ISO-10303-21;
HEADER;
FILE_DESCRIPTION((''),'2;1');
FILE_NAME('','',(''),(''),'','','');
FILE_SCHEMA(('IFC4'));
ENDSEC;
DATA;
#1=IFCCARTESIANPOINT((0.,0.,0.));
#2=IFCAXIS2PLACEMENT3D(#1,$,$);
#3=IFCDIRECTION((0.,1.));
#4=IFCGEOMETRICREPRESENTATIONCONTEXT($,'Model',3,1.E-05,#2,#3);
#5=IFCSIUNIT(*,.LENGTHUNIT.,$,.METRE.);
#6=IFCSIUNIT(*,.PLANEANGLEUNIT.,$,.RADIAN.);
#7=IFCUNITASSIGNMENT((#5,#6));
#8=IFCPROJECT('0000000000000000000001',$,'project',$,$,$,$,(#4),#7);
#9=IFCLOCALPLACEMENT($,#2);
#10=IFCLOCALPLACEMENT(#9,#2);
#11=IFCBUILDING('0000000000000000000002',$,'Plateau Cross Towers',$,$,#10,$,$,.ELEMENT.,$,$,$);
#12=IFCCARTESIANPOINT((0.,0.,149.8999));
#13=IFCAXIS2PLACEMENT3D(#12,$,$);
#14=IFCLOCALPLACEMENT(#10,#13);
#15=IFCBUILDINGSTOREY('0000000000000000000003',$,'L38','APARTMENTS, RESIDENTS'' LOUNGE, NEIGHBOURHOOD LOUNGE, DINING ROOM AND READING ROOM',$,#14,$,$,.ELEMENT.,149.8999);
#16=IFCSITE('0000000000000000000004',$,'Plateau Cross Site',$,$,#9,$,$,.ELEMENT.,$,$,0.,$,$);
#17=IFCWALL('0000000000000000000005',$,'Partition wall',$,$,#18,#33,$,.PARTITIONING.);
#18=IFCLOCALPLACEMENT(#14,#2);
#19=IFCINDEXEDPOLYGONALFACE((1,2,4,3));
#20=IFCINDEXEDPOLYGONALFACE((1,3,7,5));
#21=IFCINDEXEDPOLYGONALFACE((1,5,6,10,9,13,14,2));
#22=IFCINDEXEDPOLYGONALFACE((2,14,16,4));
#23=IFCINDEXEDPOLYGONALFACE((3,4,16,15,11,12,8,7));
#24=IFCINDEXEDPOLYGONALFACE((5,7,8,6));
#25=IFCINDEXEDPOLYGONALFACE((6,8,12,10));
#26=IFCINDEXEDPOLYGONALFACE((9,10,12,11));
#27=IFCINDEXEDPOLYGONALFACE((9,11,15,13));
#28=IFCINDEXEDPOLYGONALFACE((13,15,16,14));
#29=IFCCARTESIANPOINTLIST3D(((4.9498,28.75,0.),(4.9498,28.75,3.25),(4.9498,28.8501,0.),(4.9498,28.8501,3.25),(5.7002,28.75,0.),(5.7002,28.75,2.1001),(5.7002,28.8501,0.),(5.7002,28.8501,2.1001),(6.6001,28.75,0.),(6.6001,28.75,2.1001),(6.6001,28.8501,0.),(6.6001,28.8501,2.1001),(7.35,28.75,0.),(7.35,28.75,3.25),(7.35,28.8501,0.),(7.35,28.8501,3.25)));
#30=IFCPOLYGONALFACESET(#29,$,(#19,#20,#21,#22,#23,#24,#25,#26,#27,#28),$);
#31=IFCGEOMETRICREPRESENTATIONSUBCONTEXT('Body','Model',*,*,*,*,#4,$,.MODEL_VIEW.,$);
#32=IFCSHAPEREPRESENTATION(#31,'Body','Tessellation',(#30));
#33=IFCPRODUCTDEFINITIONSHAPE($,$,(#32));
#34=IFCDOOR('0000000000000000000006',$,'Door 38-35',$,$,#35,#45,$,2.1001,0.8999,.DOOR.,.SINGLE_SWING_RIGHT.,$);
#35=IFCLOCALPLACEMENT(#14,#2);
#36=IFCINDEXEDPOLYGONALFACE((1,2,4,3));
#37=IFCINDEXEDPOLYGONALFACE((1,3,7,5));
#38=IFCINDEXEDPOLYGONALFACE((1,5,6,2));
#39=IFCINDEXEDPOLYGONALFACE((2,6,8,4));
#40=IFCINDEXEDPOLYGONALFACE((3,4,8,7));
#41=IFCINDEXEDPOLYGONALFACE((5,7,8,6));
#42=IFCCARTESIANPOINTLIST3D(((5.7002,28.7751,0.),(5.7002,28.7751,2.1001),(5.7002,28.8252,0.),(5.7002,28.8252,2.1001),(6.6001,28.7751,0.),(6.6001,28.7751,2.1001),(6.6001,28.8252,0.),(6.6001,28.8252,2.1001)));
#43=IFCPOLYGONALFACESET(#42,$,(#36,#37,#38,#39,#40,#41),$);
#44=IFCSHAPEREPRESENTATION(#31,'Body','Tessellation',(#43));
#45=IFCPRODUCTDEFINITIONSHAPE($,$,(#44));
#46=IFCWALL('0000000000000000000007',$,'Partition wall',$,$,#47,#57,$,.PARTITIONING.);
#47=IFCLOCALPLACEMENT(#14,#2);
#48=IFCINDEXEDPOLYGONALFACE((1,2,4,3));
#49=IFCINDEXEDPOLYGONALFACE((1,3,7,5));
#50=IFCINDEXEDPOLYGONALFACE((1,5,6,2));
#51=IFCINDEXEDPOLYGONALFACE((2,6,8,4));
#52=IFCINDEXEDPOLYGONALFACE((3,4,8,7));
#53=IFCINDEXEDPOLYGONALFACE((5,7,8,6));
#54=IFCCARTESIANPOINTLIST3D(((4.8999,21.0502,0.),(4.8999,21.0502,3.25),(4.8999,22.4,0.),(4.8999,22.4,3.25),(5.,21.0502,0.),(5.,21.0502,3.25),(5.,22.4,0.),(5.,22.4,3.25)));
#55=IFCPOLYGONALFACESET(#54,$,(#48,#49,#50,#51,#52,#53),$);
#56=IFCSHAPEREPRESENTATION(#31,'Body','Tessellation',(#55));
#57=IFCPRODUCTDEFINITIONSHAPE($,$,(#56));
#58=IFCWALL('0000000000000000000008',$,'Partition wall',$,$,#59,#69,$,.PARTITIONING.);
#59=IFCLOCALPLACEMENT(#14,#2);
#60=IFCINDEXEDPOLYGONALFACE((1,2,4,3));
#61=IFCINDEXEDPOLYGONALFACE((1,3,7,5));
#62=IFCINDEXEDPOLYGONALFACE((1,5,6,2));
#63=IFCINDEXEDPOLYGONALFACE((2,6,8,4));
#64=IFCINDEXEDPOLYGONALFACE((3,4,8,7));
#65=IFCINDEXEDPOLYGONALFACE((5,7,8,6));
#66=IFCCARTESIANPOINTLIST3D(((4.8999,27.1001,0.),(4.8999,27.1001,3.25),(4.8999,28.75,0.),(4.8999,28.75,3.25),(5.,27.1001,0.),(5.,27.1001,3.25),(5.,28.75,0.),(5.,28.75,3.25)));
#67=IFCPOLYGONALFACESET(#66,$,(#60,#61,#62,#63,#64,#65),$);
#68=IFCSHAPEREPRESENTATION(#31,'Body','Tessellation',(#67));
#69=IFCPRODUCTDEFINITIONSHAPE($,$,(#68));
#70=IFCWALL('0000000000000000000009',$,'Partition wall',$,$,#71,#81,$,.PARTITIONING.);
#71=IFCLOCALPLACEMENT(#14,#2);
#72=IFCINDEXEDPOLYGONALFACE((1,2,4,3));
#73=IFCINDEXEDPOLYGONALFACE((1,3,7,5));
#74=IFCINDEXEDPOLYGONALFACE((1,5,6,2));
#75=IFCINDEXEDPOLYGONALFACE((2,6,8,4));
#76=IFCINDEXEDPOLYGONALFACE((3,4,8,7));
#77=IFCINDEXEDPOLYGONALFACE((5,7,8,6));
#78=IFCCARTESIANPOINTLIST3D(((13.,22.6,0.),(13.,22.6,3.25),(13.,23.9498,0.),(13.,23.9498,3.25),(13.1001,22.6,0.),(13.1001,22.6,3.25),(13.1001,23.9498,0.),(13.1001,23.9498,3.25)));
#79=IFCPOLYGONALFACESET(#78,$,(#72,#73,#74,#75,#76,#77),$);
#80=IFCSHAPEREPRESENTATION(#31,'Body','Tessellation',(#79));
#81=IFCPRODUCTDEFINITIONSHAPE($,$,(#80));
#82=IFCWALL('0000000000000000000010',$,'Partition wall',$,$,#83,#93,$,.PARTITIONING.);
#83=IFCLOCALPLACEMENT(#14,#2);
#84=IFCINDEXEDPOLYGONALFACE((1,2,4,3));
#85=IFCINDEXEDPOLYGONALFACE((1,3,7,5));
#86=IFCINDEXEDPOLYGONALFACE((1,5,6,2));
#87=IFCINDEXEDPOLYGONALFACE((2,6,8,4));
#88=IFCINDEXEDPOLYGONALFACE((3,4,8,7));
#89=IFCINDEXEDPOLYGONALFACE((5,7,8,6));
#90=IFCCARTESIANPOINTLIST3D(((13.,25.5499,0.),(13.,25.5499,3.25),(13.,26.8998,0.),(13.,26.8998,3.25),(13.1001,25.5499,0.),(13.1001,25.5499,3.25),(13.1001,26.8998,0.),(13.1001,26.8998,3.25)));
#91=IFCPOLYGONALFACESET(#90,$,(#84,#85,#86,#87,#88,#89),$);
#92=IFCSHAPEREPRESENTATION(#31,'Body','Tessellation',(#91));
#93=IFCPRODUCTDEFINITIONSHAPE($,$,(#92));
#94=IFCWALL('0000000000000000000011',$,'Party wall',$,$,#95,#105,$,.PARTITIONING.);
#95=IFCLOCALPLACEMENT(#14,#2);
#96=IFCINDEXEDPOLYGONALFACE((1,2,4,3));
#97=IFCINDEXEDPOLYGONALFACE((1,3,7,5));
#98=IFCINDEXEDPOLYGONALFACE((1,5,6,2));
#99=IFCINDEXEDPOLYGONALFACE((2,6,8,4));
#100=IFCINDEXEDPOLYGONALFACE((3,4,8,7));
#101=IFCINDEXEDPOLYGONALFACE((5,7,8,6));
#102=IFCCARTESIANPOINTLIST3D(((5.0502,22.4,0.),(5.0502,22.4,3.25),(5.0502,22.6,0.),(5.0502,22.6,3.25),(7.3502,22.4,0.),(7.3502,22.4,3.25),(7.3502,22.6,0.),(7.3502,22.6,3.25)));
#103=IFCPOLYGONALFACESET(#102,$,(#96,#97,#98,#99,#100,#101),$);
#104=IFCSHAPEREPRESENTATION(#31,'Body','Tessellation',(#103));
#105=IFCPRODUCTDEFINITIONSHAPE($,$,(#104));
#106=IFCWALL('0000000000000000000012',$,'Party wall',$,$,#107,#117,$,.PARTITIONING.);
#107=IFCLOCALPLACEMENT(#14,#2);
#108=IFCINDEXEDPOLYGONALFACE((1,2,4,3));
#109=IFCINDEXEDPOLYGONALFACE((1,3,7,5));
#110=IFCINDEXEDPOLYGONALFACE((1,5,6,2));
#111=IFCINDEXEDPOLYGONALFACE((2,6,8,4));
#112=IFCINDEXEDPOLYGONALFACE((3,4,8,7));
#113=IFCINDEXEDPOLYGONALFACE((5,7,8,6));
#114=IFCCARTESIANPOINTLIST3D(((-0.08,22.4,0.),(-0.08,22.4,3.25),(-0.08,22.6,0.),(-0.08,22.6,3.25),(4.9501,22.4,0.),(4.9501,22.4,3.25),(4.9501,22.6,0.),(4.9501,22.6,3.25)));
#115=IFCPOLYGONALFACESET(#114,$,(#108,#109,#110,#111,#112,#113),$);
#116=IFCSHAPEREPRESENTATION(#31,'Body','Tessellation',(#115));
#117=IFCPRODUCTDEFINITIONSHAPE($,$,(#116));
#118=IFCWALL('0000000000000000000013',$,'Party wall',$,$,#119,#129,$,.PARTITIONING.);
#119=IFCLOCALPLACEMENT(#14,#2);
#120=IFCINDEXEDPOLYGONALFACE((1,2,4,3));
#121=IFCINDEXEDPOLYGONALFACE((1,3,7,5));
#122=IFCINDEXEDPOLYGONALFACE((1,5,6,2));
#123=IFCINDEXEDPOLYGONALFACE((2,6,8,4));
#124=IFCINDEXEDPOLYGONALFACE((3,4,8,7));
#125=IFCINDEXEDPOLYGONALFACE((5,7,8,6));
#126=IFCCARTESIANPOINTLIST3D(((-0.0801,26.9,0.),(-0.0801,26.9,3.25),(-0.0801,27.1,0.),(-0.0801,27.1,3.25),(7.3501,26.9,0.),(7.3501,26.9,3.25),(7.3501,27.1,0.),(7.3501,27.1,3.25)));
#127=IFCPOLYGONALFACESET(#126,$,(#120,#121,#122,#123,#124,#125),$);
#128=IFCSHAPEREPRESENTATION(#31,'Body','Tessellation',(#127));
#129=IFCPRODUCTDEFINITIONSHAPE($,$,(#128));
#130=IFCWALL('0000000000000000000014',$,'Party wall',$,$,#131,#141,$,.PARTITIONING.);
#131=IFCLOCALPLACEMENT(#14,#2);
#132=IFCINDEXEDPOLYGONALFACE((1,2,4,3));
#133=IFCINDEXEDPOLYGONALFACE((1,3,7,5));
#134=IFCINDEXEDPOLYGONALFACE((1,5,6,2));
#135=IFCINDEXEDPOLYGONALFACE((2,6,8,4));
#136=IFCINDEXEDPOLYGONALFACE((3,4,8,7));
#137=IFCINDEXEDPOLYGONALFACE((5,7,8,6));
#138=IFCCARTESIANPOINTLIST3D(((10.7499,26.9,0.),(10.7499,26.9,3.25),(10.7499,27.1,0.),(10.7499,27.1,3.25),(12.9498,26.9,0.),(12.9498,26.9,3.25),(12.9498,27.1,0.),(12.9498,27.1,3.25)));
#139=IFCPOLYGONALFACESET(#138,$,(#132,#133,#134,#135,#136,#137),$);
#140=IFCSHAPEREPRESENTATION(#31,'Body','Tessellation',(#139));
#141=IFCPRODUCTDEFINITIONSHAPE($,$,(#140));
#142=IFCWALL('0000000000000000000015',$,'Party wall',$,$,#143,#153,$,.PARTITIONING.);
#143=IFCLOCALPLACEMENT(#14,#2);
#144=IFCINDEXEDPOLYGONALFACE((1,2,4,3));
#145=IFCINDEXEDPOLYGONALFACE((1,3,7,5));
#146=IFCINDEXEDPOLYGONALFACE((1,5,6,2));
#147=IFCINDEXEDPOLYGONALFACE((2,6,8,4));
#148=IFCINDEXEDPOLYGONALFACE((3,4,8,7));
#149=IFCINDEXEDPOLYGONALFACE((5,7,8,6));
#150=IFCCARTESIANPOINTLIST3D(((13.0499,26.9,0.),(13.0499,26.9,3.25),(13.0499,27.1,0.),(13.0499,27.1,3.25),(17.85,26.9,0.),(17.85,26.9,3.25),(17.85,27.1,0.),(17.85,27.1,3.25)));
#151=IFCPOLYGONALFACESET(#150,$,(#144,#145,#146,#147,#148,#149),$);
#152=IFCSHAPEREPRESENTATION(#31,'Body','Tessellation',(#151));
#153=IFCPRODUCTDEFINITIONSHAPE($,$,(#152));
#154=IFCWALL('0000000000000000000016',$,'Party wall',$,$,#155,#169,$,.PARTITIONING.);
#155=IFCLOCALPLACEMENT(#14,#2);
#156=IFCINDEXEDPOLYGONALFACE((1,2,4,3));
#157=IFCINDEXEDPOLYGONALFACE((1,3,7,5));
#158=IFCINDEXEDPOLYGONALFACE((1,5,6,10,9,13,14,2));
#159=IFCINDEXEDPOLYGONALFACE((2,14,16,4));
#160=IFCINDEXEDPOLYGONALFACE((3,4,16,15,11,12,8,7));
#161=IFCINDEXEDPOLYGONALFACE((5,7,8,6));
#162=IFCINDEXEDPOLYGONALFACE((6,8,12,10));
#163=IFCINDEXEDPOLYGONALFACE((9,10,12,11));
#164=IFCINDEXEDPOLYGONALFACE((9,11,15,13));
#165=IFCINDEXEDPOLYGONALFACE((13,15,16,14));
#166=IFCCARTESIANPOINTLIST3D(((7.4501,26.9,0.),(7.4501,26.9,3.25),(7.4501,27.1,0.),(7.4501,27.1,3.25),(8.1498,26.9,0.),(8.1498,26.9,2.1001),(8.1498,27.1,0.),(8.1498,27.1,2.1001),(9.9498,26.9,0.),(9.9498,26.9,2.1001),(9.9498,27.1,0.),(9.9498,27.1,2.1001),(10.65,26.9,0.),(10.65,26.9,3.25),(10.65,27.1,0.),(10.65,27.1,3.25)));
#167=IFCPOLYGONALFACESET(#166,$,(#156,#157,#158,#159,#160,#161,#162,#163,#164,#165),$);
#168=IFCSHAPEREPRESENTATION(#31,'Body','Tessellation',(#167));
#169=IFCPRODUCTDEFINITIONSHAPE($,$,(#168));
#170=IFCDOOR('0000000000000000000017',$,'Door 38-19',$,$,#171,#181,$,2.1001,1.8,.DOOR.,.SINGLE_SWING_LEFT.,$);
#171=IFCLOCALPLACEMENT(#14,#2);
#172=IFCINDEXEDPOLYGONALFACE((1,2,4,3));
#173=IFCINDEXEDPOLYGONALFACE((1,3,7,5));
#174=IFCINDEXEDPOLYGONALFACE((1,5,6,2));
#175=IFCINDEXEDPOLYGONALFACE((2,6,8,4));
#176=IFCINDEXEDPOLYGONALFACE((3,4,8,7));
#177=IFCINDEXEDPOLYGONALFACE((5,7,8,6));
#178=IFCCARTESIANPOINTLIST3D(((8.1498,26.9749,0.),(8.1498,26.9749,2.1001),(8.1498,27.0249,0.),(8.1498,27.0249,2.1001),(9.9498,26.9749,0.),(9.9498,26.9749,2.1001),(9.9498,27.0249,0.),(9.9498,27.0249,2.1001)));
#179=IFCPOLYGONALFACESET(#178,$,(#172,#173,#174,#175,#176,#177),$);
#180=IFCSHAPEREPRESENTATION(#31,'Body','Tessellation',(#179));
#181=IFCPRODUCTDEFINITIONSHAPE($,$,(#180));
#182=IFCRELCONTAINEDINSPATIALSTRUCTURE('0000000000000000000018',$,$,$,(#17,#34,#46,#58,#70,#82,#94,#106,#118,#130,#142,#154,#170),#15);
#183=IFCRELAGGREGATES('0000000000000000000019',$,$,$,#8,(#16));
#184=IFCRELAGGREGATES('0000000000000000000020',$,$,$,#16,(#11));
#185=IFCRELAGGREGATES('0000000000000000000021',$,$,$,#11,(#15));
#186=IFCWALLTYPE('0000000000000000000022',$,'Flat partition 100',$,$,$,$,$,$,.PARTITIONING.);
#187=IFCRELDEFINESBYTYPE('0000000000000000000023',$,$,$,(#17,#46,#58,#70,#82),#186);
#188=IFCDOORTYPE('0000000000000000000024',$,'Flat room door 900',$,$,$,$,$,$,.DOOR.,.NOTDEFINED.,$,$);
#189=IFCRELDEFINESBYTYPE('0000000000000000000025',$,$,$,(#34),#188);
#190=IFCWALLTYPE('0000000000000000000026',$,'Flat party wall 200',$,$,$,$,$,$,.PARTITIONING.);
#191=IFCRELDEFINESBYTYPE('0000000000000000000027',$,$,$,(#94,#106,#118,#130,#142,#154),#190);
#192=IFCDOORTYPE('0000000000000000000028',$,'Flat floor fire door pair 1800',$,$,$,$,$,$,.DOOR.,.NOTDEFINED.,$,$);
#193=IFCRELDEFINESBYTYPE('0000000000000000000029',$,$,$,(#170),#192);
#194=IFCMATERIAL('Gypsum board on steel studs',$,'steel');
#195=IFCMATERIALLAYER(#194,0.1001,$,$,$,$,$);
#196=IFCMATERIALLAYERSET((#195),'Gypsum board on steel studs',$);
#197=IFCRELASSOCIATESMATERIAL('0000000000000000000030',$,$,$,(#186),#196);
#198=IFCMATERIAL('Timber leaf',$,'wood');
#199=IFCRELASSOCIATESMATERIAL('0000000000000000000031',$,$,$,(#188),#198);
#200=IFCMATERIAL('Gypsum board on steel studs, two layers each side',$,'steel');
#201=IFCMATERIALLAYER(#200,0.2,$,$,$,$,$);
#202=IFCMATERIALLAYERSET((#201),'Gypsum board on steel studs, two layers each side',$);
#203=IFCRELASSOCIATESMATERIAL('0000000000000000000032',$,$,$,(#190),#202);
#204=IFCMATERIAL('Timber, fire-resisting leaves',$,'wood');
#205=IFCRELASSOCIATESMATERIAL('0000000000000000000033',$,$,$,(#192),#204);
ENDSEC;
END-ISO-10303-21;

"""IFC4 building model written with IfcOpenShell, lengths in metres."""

from ifc_helpers import new_model, si_unit, direction, frame, frame_2d, origin, place, context, subcontext, project, spatial, rectangle, extrude, material, layer, layer_set, type_object, element, fill, save


model = new_model("IFC4")

# Units and contexts
model_context = context("Model", 3, precision=1e-05, world=origin(), true_north=direction((0.0, 1.0)))
body_context = subcontext(model_context, "Body", "Model", "MODEL_VIEW")
ifc_project = project(units=[si_unit("LENGTHUNIT", "METRE"), si_unit("PLANEANGLEUNIT", "RADIAN")], contexts=[model_context])

# Site, building, storey
site_placement = place(None, origin())
site = spatial("IfcSite", under=ifc_project, at=site_placement, Name="Plateau Cross Site", CompositionType="ELEMENT", RefElevation=0.0)
building_placement = place(site_placement, origin())
building = spatial("IfcBuilding", under=site, at=building_placement, Name="Plateau Cross Towers", CompositionType="ELEMENT")
storey_placement = place(building_placement, frame((0.0, 0.0, 149.8999)))
storey = spatial("IfcBuildingStorey", under=building, at=storey_placement, Name="L38", Description="APARTMENTS, RESIDENTS' LOUNGE, NEIGHBOURHOOD LOUNGE, DINING ROOM AND READING ROOM", CompositionType="ELEMENT", Elevation=149.8999)

# Wall, opening, door
ifc_material_1 = material(Name="Gypsum board on steel studs", Category="steel")
ifc_layer_1 = layer(ifc_material_1, 0.1001)
ifc_layer_set_1 = layer_set([ifc_layer_1], Name="Gypsum board on steel studs")
wall_type_1 = type_object("IfcWallType", Name="Flat partition 100", PredefinedType="PARTITIONING", material=ifc_layer_set_1)
ifc_material_2 = material(Name="Timber leaf", Category="wood")
door_type_1 = type_object("IfcDoorType", Name="Flat room door 900", OperationType="NOTDEFINED", PredefinedType="DOOR", material=ifc_material_2)
wall_1_placement = place(storey_placement, frame((7.3501, 28.8, 0.0), z_axis=(0.0, 0.0, 1.0), x_axis=(-1.0, 0.0, 0.0)))
wall_1 = element("IfcWall", 1, at=wall_1_placement, inside=storey, type_object=wall_type_1, Name="Partition wall", PredefinedType="PARTITIONING", context=body_context, shape_type="SweptSolid", body=[
    extrude(rectangle(XDim=2.4001, YDim=0.1001, at=frame_2d((1.2002, 0.0))), origin(), (0.0, 0.0, 1.0), 3.25),
])
opening_1_placement = place(wall_1_placement, frame((0.75, 0.0, 0.0)))
opening_1 = element("IfcOpeningElement", 2, at=opening_1_placement, cuts=wall_1, PredefinedType="OPENING", context=body_context, shape_type="SweptSolid", body=[
    extrude(rectangle(XDim=0.8999, YDim=2.1001, at=frame_2d((0.45, 1.05))), frame((0.0, 0.0601, 0.0), z_axis=(0.0, -1.0, 0.0), x_axis=(1.0, 0.0, 0.0)), (0.0, 0.0, 1.0), 0.1201),
])
door_1_placement = place(opening_1_placement, origin())
door_1 = element("IfcDoor", 3, at=door_1_placement, inside=storey, type_object=door_type_1, Name="Door 38-35", OperationType="SINGLE_SWING_RIGHT", OverallHeight=2.1001, OverallWidth=0.8999, PredefinedType="DOOR", context=body_context, shape_type="SweptSolid", body=[
    extrude(rectangle(XDim=0.8999, YDim=2.1001, at=frame_2d((0.45, 1.05))), frame((0.0, 0.0249, 0.0), z_axis=(0.0, -1.0, 0.0), x_axis=(1.0, 0.0, 0.0)), (0.0, 0.0, 1.0), 0.05),
])
fill(opening_1, door_1)

# Walls
wall_2_placement = place(storey_placement, frame((4.95, 22.3999, 0.0), z_axis=(0.0, 0.0, 1.0), x_axis=(0.0, -1.0, 0.0)))
element("IfcWall", 4, at=wall_2_placement, inside=storey, type_object=wall_type_1, Name="Partition wall", PredefinedType="PARTITIONING", context=body_context, shape_type="SweptSolid", body=[
    extrude(rectangle(XDim=1.3499, YDim=0.1001, at=frame_2d((0.6748, 0.0))), origin(), (0.0, 0.0, 1.0), 3.25),
])
wall_3_placement = place(storey_placement, frame((4.95, 28.75, 0.0), z_axis=(0.0, 0.0, 1.0), x_axis=(0.0, -1.0, 0.0)))
element("IfcWall", 5, at=wall_3_placement, inside=storey, type_object=wall_type_1, Name="Partition wall", PredefinedType="PARTITIONING", context=body_context, shape_type="SweptSolid", body=[
    extrude(rectangle(XDim=1.6499, YDim=0.1001, at=frame_2d((0.825, 0.0))), origin(), (0.0, 0.0, 1.0), 3.25),
])
for number, where, z_axis, x_axis, name in (
    (6, (13.05, 22.6001, 0.0), (0.0, 0.0, 1.0), (0.0, 1.0, 0.0), "Partition wall"),
    (7, (13.05, 25.55, 0.0), (0.0, 0.0, 1.0), (0.0, 1.0, 0.0), "Partition wall"),
):
    element("IfcWall", number, at=place(storey_placement, frame(where, z_axis=z_axis, x_axis=x_axis)), inside=storey, type_object=wall_type_1, Name=name, PredefinedType="PARTITIONING", context=body_context, shape_type="SweptSolid", body=[
        extrude(rectangle(XDim=1.3499, YDim=0.1001, at=frame_2d((0.6748, 0.0))), origin(), (0.0, 0.0, 1.0), 3.25),
    ])
ifc_material_3 = material(Name="Gypsum board on steel studs, two layers each side", Category="steel")
ifc_layer_2 = layer(ifc_material_3, 0.2)
ifc_layer_set_2 = layer_set([ifc_layer_2], Name="Gypsum board on steel studs, two layers each side")
wall_type_2 = type_object("IfcWallType", Name="Flat party wall 200", PredefinedType="PARTITIONING", material=ifc_layer_set_2)
wall_4_placement = place(storey_placement, frame((7.3501, 22.5, 0.0), z_axis=(0.0, 0.0, 1.0), x_axis=(-1.0, 0.0, 0.0)))
element("IfcWall", 8, at=wall_4_placement, inside=storey, type_object=wall_type_2, Name="Party wall", PredefinedType="PARTITIONING", context=body_context, shape_type="SweptSolid", body=[
    extrude(rectangle(XDim=2.3, YDim=0.2, at=frame_2d((1.1499, 0.0))), origin(), (0.0, 0.0, 1.0), 3.25),
])
wall_5_placement = place(storey_placement, frame((-0.0801, 22.5, 0.0), z_axis=(0.0, 0.0, 1.0), x_axis=(1.0, 0.0, 0.0)))
element("IfcWall", 9, at=wall_5_placement, inside=storey, type_object=wall_type_2, Name="Party wall", PredefinedType="PARTITIONING", context=body_context, shape_type="SweptSolid", body=[
    extrude(rectangle(XDim=5.03, YDim=0.2, at=frame_2d((2.5151, 0.0))), origin(), (0.0, 0.0, 1.0), 3.25),
])
wall_6_placement = place(storey_placement, frame((7.3501, 27.0, 0.0), z_axis=(0.0, 0.0, 1.0), x_axis=(-1.0, 0.0, 0.0)))
element("IfcWall", 10, at=wall_6_placement, inside=storey, type_object=wall_type_2, Name="Party wall", PredefinedType="PARTITIONING", context=body_context, shape_type="SweptSolid", body=[
    extrude(rectangle(XDim=7.4302, YDim=0.2, at=frame_2d((3.7151, 0.0))), origin(), (0.0, 0.0, 1.0), 3.25),
])
wall_7_placement = place(storey_placement, frame((12.95, 27.0, 0.0), z_axis=(0.0, 0.0, 1.0), x_axis=(-1.0, 0.0, 0.0)))
element("IfcWall", 11, at=wall_7_placement, inside=storey, type_object=wall_type_2, Name="Party wall", PredefinedType="PARTITIONING", context=body_context, shape_type="SweptSolid", body=[
    extrude(rectangle(XDim=2.2, YDim=0.2, at=frame_2d((1.1001, 0.0))), origin(), (0.0, 0.0, 1.0), 3.25),
])
wall_8_placement = place(storey_placement, frame((13.05, 27.0, 0.0), z_axis=(0.0, 0.0, 1.0), x_axis=(1.0, 0.0, 0.0)))
element("IfcWall", 12, at=wall_8_placement, inside=storey, type_object=wall_type_2, Name="Party wall", PredefinedType="PARTITIONING", context=body_context, shape_type="SweptSolid", body=[
    extrude(rectangle(XDim=4.8, YDim=0.2, at=frame_2d((2.3999, 0.0))), origin(), (0.0, 0.0, 1.0), 3.25),
])

# Wall, opening, door
wall_9_placement = place(storey_placement, frame((7.45, 27.0, 0.0), z_axis=(0.0, 0.0, 1.0), x_axis=(1.0, 0.0, 0.0)))
wall_9 = element("IfcWall", 13, at=wall_9_placement, inside=storey, type_object=wall_type_2, Name="Party wall", PredefinedType="PARTITIONING", context=body_context, shape_type="SweptSolid", body=[
    extrude(rectangle(XDim=3.2, YDim=0.2, at=frame_2d((1.6001, 0.0))), origin(), (0.0, 0.0, 1.0), 3.25),
])
opening_2_placement = place(wall_9_placement, frame((0.7, 0.0, 0.0)))
opening_2 = element("IfcOpeningElement", 14, at=opening_2_placement, cuts=wall_9, PredefinedType="OPENING", context=body_context, shape_type="SweptSolid", body=[
    extrude(rectangle(XDim=1.8, YDim=2.1001, at=frame_2d((0.8999, 1.05))), frame((0.0, 0.1099, 0.0), z_axis=(0.0, -1.0, 0.0), x_axis=(1.0, 0.0, 0.0)), (0.0, 0.0, 1.0), 0.22),
])
ifc_material_4 = material(Name="Timber, fire-resisting leaves", Category="wood")
door_type_2 = type_object("IfcDoorType", Name="Flat floor fire door pair 1800", OperationType="NOTDEFINED", PredefinedType="DOOR", material=ifc_material_4)
door_2_placement = place(opening_2_placement, origin())
door_2 = element("IfcDoor", 15, at=door_2_placement, inside=storey, type_object=door_type_2, Name="Door 38-19", OperationType="SINGLE_SWING_LEFT", OverallHeight=2.1001, OverallWidth=1.8, PredefinedType="DOOR", context=body_context, shape_type="SweptSolid", body=[
    extrude(rectangle(XDim=1.8, YDim=2.1001, at=frame_2d((0.8999, 1.05))), frame((0.0, 0.0249, 0.0), z_axis=(0.0, -1.0, 0.0), x_axis=(1.0, 0.0, 0.0)), (0.0, 0.0, 1.0), 0.05),
])
fill(opening_2, door_2)

save(model, "model.ifc")
